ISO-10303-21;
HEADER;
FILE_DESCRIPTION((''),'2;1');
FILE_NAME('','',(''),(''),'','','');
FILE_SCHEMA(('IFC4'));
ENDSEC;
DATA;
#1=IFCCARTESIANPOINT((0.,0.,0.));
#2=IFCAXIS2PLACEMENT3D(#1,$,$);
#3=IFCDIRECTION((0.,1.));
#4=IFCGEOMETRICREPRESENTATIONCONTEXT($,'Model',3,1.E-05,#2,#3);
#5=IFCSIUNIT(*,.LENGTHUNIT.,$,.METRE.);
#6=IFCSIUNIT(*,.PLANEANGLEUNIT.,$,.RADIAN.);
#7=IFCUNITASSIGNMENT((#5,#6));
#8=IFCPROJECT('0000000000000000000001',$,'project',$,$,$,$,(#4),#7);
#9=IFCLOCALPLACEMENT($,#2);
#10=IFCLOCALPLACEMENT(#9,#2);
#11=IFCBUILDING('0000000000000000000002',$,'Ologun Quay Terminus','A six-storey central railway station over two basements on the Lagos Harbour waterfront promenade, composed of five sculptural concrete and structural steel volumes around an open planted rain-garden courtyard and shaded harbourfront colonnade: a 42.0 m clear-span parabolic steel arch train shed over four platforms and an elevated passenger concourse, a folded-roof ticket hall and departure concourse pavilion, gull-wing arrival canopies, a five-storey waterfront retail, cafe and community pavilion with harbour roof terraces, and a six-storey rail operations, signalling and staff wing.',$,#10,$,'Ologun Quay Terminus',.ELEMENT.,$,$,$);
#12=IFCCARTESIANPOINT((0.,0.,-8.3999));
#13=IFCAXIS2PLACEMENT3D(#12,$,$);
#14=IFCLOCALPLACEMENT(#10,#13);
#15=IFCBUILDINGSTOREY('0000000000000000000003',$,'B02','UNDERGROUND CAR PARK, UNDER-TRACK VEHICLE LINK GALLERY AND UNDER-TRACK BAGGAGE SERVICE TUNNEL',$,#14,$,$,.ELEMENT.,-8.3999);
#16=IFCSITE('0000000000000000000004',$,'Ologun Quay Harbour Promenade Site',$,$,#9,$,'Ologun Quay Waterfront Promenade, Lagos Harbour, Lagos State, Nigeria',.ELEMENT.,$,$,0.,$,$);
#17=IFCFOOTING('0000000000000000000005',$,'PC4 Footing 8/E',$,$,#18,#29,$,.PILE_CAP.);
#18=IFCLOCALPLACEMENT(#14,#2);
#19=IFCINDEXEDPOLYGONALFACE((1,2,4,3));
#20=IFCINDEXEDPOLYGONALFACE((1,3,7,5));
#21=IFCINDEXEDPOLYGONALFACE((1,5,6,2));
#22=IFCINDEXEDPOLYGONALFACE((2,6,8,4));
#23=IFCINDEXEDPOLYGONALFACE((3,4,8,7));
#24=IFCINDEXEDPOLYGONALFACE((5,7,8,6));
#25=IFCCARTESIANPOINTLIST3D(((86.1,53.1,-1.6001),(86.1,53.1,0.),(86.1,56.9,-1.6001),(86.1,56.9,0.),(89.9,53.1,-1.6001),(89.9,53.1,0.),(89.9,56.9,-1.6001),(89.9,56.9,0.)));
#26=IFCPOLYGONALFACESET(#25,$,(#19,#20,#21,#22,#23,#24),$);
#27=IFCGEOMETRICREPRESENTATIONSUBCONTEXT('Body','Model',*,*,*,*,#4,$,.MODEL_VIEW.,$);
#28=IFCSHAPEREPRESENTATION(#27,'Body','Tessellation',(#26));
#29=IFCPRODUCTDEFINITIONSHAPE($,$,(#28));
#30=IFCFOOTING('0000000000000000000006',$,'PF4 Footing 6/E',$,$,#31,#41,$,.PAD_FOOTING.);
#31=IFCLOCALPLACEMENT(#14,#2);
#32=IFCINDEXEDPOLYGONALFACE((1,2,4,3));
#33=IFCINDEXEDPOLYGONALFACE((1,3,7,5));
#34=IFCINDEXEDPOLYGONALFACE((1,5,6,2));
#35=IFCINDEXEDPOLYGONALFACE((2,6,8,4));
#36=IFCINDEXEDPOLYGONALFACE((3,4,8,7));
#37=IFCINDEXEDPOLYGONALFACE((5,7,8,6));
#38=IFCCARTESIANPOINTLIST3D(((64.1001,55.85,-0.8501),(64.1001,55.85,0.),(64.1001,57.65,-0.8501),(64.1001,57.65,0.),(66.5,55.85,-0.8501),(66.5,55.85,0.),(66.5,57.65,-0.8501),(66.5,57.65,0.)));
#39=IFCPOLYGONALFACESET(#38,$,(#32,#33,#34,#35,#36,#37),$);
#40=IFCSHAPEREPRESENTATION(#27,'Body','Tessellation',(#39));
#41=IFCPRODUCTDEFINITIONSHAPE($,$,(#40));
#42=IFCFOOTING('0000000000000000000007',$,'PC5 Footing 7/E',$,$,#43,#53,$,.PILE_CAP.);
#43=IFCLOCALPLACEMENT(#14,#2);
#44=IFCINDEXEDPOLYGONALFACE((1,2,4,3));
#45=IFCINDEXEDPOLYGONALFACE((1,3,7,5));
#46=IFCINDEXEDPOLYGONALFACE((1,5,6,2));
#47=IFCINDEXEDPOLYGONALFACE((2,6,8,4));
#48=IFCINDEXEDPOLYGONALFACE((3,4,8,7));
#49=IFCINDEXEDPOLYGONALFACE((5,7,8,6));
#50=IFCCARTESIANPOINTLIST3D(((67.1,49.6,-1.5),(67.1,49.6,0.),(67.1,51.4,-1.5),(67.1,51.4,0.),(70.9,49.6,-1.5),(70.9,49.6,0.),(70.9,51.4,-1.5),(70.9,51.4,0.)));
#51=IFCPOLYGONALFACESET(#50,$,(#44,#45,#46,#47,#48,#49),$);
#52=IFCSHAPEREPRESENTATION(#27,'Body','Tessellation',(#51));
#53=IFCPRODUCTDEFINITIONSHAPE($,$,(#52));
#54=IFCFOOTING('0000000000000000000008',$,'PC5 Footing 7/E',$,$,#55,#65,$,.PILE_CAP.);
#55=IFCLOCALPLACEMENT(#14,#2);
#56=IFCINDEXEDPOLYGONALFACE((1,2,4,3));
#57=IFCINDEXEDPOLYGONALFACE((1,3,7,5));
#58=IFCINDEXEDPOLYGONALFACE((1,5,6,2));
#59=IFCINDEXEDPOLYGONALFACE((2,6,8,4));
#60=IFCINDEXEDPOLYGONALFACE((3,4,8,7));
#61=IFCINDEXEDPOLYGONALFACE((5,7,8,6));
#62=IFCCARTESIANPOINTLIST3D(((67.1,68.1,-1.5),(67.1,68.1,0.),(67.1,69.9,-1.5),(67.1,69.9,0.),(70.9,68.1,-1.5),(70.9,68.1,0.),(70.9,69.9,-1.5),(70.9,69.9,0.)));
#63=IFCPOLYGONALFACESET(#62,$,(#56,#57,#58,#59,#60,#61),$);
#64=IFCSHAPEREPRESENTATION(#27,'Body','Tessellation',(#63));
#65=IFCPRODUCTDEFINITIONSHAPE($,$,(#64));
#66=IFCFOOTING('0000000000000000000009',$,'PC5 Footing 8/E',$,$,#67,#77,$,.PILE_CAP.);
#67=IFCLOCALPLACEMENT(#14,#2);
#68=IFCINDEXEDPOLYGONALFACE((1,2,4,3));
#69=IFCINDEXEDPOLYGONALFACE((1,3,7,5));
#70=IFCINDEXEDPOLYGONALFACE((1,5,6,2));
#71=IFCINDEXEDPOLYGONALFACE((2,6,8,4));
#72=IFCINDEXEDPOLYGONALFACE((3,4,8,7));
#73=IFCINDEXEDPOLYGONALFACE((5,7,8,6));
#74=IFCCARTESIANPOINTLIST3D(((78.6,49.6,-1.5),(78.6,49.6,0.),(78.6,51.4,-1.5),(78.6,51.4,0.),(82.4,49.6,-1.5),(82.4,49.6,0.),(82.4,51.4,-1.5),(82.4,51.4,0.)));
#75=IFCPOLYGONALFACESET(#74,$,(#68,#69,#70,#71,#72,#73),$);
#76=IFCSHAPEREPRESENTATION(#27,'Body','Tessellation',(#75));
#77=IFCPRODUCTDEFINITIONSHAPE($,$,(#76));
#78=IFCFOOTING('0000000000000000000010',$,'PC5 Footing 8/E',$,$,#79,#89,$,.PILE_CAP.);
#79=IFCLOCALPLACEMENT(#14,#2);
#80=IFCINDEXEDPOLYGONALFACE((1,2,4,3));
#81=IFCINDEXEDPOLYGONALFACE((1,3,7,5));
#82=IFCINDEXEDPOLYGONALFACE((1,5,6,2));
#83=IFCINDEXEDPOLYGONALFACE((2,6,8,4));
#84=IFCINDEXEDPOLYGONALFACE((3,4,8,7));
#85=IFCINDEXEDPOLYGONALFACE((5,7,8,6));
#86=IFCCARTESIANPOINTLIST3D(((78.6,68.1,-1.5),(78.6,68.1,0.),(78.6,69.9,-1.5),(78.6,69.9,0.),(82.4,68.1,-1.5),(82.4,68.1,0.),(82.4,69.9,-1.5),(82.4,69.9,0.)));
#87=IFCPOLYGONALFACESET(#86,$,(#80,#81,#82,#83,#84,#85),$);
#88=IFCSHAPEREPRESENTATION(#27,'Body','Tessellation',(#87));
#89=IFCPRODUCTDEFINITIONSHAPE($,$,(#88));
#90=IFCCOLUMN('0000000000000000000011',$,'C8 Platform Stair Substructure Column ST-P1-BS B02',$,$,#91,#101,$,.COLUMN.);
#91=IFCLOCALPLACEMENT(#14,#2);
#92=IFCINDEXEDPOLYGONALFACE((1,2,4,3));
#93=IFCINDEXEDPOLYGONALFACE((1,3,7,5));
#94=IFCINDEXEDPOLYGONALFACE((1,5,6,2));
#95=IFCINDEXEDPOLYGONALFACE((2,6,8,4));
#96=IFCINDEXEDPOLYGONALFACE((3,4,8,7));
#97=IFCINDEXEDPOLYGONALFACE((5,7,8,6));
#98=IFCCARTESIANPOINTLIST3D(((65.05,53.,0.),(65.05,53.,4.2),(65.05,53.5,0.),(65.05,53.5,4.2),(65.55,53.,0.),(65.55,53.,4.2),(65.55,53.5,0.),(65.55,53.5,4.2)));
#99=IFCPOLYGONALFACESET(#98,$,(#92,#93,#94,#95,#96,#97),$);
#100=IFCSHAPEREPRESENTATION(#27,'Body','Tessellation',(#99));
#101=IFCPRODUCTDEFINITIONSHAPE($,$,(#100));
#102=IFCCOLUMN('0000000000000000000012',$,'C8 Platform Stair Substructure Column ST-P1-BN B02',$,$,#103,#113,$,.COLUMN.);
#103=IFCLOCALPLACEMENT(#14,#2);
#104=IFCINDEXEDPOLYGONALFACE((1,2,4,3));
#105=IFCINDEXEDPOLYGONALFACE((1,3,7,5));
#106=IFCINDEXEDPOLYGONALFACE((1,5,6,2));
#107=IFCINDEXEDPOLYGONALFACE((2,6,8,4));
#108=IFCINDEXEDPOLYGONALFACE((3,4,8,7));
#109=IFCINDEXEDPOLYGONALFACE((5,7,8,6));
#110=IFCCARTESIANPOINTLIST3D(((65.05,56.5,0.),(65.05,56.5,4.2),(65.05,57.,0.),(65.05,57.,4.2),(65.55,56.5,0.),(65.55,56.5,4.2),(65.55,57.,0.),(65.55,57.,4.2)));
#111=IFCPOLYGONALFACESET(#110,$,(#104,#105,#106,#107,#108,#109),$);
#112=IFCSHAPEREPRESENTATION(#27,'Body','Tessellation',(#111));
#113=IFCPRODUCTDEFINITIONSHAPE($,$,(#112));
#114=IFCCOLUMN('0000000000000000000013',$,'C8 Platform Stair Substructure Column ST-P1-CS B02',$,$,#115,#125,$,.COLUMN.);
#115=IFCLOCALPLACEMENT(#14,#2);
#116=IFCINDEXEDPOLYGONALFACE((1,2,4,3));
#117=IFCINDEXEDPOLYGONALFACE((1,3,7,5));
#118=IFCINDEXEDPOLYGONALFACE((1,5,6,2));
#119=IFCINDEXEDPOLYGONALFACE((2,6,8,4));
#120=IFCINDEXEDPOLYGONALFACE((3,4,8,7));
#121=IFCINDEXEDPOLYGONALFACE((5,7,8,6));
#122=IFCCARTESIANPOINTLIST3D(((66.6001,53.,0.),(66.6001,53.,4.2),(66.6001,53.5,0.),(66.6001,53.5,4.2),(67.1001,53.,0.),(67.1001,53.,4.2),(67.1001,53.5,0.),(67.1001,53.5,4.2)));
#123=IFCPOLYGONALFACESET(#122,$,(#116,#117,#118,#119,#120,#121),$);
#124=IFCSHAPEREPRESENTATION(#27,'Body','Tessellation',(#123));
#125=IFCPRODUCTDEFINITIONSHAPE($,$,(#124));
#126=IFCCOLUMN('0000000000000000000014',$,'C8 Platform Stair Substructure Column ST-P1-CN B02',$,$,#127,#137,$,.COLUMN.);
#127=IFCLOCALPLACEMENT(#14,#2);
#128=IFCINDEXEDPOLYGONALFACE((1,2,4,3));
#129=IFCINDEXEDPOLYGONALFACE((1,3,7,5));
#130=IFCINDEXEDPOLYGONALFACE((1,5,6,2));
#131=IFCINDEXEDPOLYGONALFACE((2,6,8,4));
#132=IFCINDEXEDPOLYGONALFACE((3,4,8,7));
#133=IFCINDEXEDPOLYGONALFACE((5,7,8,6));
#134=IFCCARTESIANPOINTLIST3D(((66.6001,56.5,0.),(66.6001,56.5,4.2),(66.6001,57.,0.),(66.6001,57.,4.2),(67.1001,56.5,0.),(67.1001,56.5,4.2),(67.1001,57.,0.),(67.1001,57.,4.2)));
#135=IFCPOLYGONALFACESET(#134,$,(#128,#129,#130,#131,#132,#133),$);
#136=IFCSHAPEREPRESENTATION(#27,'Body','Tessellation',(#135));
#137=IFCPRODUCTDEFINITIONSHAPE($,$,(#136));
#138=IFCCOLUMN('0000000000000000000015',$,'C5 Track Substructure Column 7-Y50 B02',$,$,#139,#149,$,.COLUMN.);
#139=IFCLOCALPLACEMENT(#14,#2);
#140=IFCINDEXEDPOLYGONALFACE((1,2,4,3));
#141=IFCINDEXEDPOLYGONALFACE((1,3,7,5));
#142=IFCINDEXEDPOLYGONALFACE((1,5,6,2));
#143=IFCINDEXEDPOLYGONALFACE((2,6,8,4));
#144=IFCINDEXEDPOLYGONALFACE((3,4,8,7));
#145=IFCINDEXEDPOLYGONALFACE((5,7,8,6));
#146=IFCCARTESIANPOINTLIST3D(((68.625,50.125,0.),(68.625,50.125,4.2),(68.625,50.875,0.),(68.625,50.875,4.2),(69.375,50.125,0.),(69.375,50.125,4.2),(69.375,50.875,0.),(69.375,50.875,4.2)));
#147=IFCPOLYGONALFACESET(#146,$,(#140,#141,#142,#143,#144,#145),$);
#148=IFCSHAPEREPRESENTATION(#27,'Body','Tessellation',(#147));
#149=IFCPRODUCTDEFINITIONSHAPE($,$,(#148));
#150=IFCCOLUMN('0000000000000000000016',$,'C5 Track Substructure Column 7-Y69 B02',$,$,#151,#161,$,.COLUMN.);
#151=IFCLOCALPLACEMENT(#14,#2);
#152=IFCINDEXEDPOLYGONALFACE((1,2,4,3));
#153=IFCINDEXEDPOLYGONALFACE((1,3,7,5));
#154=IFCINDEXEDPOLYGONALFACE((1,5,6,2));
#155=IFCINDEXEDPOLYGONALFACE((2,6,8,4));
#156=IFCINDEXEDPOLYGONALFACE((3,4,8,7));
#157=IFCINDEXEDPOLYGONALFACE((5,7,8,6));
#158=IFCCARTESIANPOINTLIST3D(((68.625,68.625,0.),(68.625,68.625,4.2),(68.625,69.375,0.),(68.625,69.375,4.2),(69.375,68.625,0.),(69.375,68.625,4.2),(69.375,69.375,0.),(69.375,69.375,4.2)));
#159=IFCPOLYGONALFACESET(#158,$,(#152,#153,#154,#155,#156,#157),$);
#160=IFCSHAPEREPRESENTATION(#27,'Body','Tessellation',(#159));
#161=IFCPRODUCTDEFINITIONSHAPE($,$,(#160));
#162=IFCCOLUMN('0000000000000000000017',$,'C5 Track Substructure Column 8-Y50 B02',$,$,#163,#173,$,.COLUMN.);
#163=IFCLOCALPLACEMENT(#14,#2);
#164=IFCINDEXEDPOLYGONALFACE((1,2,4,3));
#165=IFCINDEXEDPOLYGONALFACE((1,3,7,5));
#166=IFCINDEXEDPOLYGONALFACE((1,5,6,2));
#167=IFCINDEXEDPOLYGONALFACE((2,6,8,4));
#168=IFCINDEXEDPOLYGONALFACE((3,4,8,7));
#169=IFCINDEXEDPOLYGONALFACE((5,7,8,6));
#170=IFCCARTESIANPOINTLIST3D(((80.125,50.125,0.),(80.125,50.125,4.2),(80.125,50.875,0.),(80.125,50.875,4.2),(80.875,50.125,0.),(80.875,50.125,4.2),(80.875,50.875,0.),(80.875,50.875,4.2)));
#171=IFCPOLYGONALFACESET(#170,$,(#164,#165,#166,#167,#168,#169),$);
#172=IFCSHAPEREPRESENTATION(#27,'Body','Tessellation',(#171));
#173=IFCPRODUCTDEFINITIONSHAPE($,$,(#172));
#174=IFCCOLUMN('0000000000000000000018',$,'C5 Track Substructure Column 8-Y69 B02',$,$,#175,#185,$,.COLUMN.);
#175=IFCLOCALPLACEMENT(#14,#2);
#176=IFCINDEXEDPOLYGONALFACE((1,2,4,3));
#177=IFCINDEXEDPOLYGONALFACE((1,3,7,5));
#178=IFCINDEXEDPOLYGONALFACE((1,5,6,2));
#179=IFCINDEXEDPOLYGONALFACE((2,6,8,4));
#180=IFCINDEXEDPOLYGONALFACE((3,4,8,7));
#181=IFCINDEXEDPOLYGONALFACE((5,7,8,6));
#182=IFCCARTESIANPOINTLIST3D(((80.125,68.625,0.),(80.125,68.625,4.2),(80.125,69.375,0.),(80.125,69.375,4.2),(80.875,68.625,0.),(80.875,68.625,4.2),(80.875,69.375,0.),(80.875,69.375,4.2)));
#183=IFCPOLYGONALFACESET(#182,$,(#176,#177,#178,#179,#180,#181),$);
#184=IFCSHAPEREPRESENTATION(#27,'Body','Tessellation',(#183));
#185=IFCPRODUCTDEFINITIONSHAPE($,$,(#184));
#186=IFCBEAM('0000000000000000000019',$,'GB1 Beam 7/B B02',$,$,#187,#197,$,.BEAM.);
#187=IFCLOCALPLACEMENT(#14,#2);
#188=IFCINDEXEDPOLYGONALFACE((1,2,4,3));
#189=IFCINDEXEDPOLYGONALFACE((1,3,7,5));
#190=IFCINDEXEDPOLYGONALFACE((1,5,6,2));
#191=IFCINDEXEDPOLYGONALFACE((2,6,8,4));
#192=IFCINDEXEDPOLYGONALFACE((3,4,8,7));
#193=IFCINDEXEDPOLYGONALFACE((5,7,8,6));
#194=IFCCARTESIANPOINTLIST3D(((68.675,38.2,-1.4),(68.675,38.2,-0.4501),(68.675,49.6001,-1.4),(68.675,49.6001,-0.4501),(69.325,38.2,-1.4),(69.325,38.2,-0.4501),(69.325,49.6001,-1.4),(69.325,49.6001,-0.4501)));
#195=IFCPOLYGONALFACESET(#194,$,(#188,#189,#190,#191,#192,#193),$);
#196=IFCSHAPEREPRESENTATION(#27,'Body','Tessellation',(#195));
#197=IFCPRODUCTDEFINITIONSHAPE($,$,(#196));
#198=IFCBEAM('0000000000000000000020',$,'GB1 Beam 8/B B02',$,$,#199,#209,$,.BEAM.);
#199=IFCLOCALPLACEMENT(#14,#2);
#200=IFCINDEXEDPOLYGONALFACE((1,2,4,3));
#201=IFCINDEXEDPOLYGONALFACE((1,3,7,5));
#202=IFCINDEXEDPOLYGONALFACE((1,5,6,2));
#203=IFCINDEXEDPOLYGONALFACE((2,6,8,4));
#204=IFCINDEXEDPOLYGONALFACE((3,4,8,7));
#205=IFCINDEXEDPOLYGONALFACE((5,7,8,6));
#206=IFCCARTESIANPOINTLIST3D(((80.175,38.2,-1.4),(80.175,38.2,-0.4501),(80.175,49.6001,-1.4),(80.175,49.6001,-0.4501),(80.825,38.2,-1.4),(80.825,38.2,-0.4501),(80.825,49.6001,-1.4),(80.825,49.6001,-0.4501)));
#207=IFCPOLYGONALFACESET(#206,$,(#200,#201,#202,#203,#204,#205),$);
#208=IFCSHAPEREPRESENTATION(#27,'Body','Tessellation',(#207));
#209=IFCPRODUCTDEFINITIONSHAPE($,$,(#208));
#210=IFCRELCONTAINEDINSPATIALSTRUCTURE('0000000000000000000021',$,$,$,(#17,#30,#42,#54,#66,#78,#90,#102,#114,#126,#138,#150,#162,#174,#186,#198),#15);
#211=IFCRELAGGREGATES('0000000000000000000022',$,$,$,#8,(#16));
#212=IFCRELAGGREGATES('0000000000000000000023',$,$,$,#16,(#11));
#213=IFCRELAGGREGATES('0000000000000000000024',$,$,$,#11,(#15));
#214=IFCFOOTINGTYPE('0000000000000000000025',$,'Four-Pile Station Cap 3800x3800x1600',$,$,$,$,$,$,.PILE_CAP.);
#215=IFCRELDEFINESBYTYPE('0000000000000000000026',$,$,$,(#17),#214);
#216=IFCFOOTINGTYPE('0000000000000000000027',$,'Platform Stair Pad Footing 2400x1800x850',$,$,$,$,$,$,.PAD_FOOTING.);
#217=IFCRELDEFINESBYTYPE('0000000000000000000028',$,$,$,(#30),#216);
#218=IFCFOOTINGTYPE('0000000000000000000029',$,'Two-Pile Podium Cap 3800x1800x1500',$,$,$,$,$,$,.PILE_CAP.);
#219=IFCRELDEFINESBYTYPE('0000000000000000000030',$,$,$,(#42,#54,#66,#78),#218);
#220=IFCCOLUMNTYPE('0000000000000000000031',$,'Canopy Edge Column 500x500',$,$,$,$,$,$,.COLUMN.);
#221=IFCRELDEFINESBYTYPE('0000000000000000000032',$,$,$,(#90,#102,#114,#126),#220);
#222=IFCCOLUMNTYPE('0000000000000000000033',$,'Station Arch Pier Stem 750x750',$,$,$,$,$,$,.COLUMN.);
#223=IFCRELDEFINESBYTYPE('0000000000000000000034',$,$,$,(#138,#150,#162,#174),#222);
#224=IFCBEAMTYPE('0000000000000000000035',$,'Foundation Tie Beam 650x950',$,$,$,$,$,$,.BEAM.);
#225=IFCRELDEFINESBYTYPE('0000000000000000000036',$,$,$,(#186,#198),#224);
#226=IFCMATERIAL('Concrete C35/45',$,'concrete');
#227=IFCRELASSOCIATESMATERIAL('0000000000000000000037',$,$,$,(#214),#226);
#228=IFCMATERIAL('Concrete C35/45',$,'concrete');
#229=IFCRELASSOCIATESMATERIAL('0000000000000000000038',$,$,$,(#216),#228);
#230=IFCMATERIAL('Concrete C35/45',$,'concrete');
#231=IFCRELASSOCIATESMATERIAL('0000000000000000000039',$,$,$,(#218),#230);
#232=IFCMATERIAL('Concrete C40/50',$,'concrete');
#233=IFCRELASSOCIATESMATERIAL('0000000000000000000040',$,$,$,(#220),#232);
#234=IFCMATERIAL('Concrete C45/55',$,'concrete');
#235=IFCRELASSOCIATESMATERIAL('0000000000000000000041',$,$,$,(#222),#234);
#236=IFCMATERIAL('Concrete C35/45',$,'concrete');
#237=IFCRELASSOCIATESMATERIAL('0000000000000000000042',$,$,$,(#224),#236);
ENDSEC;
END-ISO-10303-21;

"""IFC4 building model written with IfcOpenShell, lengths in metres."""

from ifc_helpers import new_model, si_unit, direction, frame, origin, origin_2d, place, context, subcontext, project, spatial, rectangle, extrude, material, material_profile, profile_set, type_object, element, save


model = new_model("IFC4")

# Units and contexts
model_context = context("Model", 3, precision=1e-05, world=origin(), true_north=direction((0.0, 1.0)))
body_context = subcontext(model_context, "Body", "Model", "MODEL_VIEW")
ifc_project = project(units=[si_unit("LENGTHUNIT", "METRE"), si_unit("PLANEANGLEUNIT", "RADIAN")], contexts=[model_context])

# Site, building, storey
site_placement = place(None, origin())
site = spatial("IfcSite", under=ifc_project, at=site_placement, Name="Ologun Quay Harbour Promenade Site", LongName="Ologun Quay Waterfront Promenade, Lagos Harbour, Lagos State, Nigeria", CompositionType="ELEMENT", RefElevation=0.0)
building_placement = place(site_placement, origin())
building = spatial("IfcBuilding", under=site, at=building_placement, Name="Ologun Quay Terminus", Description="A six-storey central railway station over two basements on the Lagos Harbour waterfront promenade, composed of five sculptural concrete and structural steel volumes around an open planted rain-garden courtyard and shaded harbourfront colonnade: a 42.0 m clear-span parabolic steel arch train shed over four platforms and an elevated passenger concourse, a folded-roof ticket hall and departure concourse pavilion, gull-wing arrival canopies, a five-storey waterfront retail, cafe and community pavilion with harbour roof terraces, and a six-storey rail operations, signalling and staff wing.", LongName="Ologun Quay Terminus", CompositionType="ELEMENT")
storey_placement = place(building_placement, frame((0.0, 0.0, -8.3999)))
storey = spatial("IfcBuildingStorey", under=building, at=storey_placement, Name="B02", Description="UNDERGROUND CAR PARK, UNDER-TRACK VEHICLE LINK GALLERY AND UNDER-TRACK BAGGAGE SERVICE TUNNEL", CompositionType="ELEMENT", Elevation=-8.3999)

# Footings
ifc_material_1 = material(Name="Concrete C35/45", Category="concrete")
footing_type_1 = type_object("IfcFootingType", Name="Four-Pile Station Cap 3800x3800x1600", PredefinedType="PILE_CAP", material=ifc_material_1)
footing_1_placement = place(storey_placement, frame((88.0, 55.0, -1.6001), z_axis=(0.0, 0.0, 1.0), x_axis=(1.0, 0.0, 0.0)))
element("IfcFooting", 1, at=footing_1_placement, inside=storey, type_object=footing_type_1, Name="PC4 Footing 8/E", PredefinedType="PILE_CAP", context=body_context, shape_type="SweptSolid", body=[
    extrude(rectangle(XDim=3.8, YDim=3.8, at=origin_2d()), origin(), (0.0, 0.0, 1.0), 1.6001),
])
ifc_material_2 = material(Name="Concrete C35/45", Category="concrete")
footing_type_2 = type_object("IfcFootingType", Name="Platform Stair Pad Footing 2400x1800x850", PredefinedType="PAD_FOOTING", material=ifc_material_2)
footing_2_placement = place(storey_placement, frame((65.3, 56.75, -0.8501), z_axis=(0.0, 0.0, 1.0), x_axis=(1.0, 0.0, 0.0)))
element("IfcFooting", 2, at=footing_2_placement, inside=storey, type_object=footing_type_2, Name="PF4 Footing 6/E", PredefinedType="PAD_FOOTING", context=body_context, shape_type="SweptSolid", body=[
    extrude(rectangle(XDim=2.3999, YDim=1.8, at=origin_2d()), origin(), (0.0, 0.0, 1.0), 0.8501),
])
ifc_material_3 = material(Name="Concrete C35/45", Category="concrete")
footing_type_3 = type_object("IfcFootingType", Name="Two-Pile Podium Cap 3800x1800x1500", PredefinedType="PILE_CAP", material=ifc_material_3)
for number, where, z_axis, x_axis, name in (
    (3, (69.0, 50.5, -1.5), (0.0, 0.0, 1.0), (1.0, 0.0, 0.0), "PC5 Footing 7/E"),
    (4, (69.0, 69.0, -1.5), (0.0, 0.0, 1.0), (1.0, 0.0, 0.0), "PC5 Footing 7/E"),
    (5, (80.5, 50.5, -1.5), (0.0, 0.0, 1.0), (1.0, 0.0, 0.0), "PC5 Footing 8/E"),
    (6, (80.5, 69.0, -1.5), (0.0, 0.0, 1.0), (1.0, 0.0, 0.0), "PC5 Footing 8/E"),
):
    element("IfcFooting", number, at=place(storey_placement, frame(where, z_axis=z_axis, x_axis=x_axis)), inside=storey, type_object=footing_type_3, Name=name, PredefinedType="PILE_CAP", context=body_context, shape_type="SweptSolid", body=[
        extrude(rectangle(XDim=3.8, YDim=1.8, at=origin_2d()), origin(), (0.0, 0.0, 1.0), 1.5),
    ])

# Columns
ifc_material_4 = material(Name="Concrete C40/50", Category="concrete")
ifc_material_profile_1 = material_profile(ifc_material_4, rectangle(XDim=0.5, YDim=0.5, at=origin_2d()), Name="RC 500x500")
ifc_profile_set_1 = profile_set([ifc_material_profile_1], Name="Concrete C40/50")
column_type_1 = type_object("IfcColumnType", Name="Canopy Edge Column 500x500", PredefinedType="COLUMN", material=ifc_profile_set_1)
for number, where, z_axis, x_axis, name in (
    (7, (65.3, 53.25, 0.0), (0.0, 0.0, 1.0), (1.0, 0.0, 0.0), "C8 Platform Stair Substructure Column ST-P1-BS B02"),
    (8, (65.3, 56.75, 0.0), (0.0, 0.0, 1.0), (1.0, 0.0, 0.0), "C8 Platform Stair Substructure Column ST-P1-BN B02"),
    (9, (66.8501, 53.25, 0.0), (0.0, 0.0, 1.0), (1.0, 0.0, 0.0), "C8 Platform Stair Substructure Column ST-P1-CS B02"),
    (10, (66.8501, 56.75, 0.0), (0.0, 0.0, 1.0), (1.0, 0.0, 0.0), "C8 Platform Stair Substructure Column ST-P1-CN B02"),
):
    element("IfcColumn", number, at=place(storey_placement, frame(where, z_axis=z_axis, x_axis=x_axis)), inside=storey, type_object=column_type_1, Name=name, PredefinedType="COLUMN", context=body_context, shape_type="SweptSolid", body=[
        extrude(rectangle(XDim=0.5, YDim=0.5, at=origin_2d()), origin(), (0.0, 0.0, 1.0), 4.2),
    ])
ifc_material_5 = material(Name="Concrete C45/55", Category="concrete")
ifc_material_profile_2 = material_profile(ifc_material_5, rectangle(XDim=0.75, YDim=0.75, at=origin_2d()), Name="RC 750x750")
ifc_profile_set_2 = profile_set([ifc_material_profile_2], Name="Concrete C45/55")
column_type_2 = type_object("IfcColumnType", Name="Station Arch Pier Stem 750x750", PredefinedType="COLUMN", material=ifc_profile_set_2)
for number, where, z_axis, x_axis, name in (
    (11, (69.0, 50.5, 0.0), (0.0, 0.0, 1.0), (1.0, 0.0, 0.0), "C5 Track Substructure Column 7-Y50 B02"),
    (12, (69.0, 69.0, 0.0), (0.0, 0.0, 1.0), (1.0, 0.0, 0.0), "C5 Track Substructure Column 7-Y69 B02"),
    (13, (80.5, 50.5, 0.0), (0.0, 0.0, 1.0), (1.0, 0.0, 0.0), "C5 Track Substructure Column 8-Y50 B02"),
    (14, (80.5, 69.0, 0.0), (0.0, 0.0, 1.0), (1.0, 0.0, 0.0), "C5 Track Substructure Column 8-Y69 B02"),
):
    element("IfcColumn", number, at=place(storey_placement, frame(where, z_axis=z_axis, x_axis=x_axis)), inside=storey, type_object=column_type_2, Name=name, PredefinedType="COLUMN", context=body_context, shape_type="SweptSolid", body=[
        extrude(rectangle(XDim=0.75, YDim=0.75, at=origin_2d()), origin(), (0.0, 0.0, 1.0), 4.2),
    ])

# Beams
ifc_material_6 = material(Name="Concrete C35/45", Category="concrete")
ifc_material_profile_3 = material_profile(ifc_material_6, rectangle(XDim=0.6499, YDim=0.95, at=origin_2d()), Name="RC 650x950")
ifc_profile_set_3 = profile_set([ifc_material_profile_3], Name="Concrete C35/45")
beam_type = type_object("IfcBeamType", Name="Foundation Tie Beam 650x950", PredefinedType="BEAM", material=ifc_profile_set_3)
for number, where, z_axis, x_axis, name in (
    (15, (69.0, 38.2, -0.925), (0.0, 1.0, 0.0), (-1.0, 0.0, 0.0), "GB1 Beam 7/B B02"),
    (16, (80.5, 38.2, -0.925), (0.0, 1.0, 0.0), (-1.0, 0.0, 0.0), "GB1 Beam 8/B B02"),
):
    element("IfcBeam", number, at=place(storey_placement, frame(where, z_axis=z_axis, x_axis=x_axis)), inside=storey, type_object=beam_type, Name=name, PredefinedType="BEAM", context=body_context, shape_type="SweptSolid", body=[
        extrude(rectangle(XDim=0.6499, YDim=0.95, at=origin_2d()), origin(), (0.0, 0.0, 1.0), 11.4001),
    ])

save(model, "model.ifc")
